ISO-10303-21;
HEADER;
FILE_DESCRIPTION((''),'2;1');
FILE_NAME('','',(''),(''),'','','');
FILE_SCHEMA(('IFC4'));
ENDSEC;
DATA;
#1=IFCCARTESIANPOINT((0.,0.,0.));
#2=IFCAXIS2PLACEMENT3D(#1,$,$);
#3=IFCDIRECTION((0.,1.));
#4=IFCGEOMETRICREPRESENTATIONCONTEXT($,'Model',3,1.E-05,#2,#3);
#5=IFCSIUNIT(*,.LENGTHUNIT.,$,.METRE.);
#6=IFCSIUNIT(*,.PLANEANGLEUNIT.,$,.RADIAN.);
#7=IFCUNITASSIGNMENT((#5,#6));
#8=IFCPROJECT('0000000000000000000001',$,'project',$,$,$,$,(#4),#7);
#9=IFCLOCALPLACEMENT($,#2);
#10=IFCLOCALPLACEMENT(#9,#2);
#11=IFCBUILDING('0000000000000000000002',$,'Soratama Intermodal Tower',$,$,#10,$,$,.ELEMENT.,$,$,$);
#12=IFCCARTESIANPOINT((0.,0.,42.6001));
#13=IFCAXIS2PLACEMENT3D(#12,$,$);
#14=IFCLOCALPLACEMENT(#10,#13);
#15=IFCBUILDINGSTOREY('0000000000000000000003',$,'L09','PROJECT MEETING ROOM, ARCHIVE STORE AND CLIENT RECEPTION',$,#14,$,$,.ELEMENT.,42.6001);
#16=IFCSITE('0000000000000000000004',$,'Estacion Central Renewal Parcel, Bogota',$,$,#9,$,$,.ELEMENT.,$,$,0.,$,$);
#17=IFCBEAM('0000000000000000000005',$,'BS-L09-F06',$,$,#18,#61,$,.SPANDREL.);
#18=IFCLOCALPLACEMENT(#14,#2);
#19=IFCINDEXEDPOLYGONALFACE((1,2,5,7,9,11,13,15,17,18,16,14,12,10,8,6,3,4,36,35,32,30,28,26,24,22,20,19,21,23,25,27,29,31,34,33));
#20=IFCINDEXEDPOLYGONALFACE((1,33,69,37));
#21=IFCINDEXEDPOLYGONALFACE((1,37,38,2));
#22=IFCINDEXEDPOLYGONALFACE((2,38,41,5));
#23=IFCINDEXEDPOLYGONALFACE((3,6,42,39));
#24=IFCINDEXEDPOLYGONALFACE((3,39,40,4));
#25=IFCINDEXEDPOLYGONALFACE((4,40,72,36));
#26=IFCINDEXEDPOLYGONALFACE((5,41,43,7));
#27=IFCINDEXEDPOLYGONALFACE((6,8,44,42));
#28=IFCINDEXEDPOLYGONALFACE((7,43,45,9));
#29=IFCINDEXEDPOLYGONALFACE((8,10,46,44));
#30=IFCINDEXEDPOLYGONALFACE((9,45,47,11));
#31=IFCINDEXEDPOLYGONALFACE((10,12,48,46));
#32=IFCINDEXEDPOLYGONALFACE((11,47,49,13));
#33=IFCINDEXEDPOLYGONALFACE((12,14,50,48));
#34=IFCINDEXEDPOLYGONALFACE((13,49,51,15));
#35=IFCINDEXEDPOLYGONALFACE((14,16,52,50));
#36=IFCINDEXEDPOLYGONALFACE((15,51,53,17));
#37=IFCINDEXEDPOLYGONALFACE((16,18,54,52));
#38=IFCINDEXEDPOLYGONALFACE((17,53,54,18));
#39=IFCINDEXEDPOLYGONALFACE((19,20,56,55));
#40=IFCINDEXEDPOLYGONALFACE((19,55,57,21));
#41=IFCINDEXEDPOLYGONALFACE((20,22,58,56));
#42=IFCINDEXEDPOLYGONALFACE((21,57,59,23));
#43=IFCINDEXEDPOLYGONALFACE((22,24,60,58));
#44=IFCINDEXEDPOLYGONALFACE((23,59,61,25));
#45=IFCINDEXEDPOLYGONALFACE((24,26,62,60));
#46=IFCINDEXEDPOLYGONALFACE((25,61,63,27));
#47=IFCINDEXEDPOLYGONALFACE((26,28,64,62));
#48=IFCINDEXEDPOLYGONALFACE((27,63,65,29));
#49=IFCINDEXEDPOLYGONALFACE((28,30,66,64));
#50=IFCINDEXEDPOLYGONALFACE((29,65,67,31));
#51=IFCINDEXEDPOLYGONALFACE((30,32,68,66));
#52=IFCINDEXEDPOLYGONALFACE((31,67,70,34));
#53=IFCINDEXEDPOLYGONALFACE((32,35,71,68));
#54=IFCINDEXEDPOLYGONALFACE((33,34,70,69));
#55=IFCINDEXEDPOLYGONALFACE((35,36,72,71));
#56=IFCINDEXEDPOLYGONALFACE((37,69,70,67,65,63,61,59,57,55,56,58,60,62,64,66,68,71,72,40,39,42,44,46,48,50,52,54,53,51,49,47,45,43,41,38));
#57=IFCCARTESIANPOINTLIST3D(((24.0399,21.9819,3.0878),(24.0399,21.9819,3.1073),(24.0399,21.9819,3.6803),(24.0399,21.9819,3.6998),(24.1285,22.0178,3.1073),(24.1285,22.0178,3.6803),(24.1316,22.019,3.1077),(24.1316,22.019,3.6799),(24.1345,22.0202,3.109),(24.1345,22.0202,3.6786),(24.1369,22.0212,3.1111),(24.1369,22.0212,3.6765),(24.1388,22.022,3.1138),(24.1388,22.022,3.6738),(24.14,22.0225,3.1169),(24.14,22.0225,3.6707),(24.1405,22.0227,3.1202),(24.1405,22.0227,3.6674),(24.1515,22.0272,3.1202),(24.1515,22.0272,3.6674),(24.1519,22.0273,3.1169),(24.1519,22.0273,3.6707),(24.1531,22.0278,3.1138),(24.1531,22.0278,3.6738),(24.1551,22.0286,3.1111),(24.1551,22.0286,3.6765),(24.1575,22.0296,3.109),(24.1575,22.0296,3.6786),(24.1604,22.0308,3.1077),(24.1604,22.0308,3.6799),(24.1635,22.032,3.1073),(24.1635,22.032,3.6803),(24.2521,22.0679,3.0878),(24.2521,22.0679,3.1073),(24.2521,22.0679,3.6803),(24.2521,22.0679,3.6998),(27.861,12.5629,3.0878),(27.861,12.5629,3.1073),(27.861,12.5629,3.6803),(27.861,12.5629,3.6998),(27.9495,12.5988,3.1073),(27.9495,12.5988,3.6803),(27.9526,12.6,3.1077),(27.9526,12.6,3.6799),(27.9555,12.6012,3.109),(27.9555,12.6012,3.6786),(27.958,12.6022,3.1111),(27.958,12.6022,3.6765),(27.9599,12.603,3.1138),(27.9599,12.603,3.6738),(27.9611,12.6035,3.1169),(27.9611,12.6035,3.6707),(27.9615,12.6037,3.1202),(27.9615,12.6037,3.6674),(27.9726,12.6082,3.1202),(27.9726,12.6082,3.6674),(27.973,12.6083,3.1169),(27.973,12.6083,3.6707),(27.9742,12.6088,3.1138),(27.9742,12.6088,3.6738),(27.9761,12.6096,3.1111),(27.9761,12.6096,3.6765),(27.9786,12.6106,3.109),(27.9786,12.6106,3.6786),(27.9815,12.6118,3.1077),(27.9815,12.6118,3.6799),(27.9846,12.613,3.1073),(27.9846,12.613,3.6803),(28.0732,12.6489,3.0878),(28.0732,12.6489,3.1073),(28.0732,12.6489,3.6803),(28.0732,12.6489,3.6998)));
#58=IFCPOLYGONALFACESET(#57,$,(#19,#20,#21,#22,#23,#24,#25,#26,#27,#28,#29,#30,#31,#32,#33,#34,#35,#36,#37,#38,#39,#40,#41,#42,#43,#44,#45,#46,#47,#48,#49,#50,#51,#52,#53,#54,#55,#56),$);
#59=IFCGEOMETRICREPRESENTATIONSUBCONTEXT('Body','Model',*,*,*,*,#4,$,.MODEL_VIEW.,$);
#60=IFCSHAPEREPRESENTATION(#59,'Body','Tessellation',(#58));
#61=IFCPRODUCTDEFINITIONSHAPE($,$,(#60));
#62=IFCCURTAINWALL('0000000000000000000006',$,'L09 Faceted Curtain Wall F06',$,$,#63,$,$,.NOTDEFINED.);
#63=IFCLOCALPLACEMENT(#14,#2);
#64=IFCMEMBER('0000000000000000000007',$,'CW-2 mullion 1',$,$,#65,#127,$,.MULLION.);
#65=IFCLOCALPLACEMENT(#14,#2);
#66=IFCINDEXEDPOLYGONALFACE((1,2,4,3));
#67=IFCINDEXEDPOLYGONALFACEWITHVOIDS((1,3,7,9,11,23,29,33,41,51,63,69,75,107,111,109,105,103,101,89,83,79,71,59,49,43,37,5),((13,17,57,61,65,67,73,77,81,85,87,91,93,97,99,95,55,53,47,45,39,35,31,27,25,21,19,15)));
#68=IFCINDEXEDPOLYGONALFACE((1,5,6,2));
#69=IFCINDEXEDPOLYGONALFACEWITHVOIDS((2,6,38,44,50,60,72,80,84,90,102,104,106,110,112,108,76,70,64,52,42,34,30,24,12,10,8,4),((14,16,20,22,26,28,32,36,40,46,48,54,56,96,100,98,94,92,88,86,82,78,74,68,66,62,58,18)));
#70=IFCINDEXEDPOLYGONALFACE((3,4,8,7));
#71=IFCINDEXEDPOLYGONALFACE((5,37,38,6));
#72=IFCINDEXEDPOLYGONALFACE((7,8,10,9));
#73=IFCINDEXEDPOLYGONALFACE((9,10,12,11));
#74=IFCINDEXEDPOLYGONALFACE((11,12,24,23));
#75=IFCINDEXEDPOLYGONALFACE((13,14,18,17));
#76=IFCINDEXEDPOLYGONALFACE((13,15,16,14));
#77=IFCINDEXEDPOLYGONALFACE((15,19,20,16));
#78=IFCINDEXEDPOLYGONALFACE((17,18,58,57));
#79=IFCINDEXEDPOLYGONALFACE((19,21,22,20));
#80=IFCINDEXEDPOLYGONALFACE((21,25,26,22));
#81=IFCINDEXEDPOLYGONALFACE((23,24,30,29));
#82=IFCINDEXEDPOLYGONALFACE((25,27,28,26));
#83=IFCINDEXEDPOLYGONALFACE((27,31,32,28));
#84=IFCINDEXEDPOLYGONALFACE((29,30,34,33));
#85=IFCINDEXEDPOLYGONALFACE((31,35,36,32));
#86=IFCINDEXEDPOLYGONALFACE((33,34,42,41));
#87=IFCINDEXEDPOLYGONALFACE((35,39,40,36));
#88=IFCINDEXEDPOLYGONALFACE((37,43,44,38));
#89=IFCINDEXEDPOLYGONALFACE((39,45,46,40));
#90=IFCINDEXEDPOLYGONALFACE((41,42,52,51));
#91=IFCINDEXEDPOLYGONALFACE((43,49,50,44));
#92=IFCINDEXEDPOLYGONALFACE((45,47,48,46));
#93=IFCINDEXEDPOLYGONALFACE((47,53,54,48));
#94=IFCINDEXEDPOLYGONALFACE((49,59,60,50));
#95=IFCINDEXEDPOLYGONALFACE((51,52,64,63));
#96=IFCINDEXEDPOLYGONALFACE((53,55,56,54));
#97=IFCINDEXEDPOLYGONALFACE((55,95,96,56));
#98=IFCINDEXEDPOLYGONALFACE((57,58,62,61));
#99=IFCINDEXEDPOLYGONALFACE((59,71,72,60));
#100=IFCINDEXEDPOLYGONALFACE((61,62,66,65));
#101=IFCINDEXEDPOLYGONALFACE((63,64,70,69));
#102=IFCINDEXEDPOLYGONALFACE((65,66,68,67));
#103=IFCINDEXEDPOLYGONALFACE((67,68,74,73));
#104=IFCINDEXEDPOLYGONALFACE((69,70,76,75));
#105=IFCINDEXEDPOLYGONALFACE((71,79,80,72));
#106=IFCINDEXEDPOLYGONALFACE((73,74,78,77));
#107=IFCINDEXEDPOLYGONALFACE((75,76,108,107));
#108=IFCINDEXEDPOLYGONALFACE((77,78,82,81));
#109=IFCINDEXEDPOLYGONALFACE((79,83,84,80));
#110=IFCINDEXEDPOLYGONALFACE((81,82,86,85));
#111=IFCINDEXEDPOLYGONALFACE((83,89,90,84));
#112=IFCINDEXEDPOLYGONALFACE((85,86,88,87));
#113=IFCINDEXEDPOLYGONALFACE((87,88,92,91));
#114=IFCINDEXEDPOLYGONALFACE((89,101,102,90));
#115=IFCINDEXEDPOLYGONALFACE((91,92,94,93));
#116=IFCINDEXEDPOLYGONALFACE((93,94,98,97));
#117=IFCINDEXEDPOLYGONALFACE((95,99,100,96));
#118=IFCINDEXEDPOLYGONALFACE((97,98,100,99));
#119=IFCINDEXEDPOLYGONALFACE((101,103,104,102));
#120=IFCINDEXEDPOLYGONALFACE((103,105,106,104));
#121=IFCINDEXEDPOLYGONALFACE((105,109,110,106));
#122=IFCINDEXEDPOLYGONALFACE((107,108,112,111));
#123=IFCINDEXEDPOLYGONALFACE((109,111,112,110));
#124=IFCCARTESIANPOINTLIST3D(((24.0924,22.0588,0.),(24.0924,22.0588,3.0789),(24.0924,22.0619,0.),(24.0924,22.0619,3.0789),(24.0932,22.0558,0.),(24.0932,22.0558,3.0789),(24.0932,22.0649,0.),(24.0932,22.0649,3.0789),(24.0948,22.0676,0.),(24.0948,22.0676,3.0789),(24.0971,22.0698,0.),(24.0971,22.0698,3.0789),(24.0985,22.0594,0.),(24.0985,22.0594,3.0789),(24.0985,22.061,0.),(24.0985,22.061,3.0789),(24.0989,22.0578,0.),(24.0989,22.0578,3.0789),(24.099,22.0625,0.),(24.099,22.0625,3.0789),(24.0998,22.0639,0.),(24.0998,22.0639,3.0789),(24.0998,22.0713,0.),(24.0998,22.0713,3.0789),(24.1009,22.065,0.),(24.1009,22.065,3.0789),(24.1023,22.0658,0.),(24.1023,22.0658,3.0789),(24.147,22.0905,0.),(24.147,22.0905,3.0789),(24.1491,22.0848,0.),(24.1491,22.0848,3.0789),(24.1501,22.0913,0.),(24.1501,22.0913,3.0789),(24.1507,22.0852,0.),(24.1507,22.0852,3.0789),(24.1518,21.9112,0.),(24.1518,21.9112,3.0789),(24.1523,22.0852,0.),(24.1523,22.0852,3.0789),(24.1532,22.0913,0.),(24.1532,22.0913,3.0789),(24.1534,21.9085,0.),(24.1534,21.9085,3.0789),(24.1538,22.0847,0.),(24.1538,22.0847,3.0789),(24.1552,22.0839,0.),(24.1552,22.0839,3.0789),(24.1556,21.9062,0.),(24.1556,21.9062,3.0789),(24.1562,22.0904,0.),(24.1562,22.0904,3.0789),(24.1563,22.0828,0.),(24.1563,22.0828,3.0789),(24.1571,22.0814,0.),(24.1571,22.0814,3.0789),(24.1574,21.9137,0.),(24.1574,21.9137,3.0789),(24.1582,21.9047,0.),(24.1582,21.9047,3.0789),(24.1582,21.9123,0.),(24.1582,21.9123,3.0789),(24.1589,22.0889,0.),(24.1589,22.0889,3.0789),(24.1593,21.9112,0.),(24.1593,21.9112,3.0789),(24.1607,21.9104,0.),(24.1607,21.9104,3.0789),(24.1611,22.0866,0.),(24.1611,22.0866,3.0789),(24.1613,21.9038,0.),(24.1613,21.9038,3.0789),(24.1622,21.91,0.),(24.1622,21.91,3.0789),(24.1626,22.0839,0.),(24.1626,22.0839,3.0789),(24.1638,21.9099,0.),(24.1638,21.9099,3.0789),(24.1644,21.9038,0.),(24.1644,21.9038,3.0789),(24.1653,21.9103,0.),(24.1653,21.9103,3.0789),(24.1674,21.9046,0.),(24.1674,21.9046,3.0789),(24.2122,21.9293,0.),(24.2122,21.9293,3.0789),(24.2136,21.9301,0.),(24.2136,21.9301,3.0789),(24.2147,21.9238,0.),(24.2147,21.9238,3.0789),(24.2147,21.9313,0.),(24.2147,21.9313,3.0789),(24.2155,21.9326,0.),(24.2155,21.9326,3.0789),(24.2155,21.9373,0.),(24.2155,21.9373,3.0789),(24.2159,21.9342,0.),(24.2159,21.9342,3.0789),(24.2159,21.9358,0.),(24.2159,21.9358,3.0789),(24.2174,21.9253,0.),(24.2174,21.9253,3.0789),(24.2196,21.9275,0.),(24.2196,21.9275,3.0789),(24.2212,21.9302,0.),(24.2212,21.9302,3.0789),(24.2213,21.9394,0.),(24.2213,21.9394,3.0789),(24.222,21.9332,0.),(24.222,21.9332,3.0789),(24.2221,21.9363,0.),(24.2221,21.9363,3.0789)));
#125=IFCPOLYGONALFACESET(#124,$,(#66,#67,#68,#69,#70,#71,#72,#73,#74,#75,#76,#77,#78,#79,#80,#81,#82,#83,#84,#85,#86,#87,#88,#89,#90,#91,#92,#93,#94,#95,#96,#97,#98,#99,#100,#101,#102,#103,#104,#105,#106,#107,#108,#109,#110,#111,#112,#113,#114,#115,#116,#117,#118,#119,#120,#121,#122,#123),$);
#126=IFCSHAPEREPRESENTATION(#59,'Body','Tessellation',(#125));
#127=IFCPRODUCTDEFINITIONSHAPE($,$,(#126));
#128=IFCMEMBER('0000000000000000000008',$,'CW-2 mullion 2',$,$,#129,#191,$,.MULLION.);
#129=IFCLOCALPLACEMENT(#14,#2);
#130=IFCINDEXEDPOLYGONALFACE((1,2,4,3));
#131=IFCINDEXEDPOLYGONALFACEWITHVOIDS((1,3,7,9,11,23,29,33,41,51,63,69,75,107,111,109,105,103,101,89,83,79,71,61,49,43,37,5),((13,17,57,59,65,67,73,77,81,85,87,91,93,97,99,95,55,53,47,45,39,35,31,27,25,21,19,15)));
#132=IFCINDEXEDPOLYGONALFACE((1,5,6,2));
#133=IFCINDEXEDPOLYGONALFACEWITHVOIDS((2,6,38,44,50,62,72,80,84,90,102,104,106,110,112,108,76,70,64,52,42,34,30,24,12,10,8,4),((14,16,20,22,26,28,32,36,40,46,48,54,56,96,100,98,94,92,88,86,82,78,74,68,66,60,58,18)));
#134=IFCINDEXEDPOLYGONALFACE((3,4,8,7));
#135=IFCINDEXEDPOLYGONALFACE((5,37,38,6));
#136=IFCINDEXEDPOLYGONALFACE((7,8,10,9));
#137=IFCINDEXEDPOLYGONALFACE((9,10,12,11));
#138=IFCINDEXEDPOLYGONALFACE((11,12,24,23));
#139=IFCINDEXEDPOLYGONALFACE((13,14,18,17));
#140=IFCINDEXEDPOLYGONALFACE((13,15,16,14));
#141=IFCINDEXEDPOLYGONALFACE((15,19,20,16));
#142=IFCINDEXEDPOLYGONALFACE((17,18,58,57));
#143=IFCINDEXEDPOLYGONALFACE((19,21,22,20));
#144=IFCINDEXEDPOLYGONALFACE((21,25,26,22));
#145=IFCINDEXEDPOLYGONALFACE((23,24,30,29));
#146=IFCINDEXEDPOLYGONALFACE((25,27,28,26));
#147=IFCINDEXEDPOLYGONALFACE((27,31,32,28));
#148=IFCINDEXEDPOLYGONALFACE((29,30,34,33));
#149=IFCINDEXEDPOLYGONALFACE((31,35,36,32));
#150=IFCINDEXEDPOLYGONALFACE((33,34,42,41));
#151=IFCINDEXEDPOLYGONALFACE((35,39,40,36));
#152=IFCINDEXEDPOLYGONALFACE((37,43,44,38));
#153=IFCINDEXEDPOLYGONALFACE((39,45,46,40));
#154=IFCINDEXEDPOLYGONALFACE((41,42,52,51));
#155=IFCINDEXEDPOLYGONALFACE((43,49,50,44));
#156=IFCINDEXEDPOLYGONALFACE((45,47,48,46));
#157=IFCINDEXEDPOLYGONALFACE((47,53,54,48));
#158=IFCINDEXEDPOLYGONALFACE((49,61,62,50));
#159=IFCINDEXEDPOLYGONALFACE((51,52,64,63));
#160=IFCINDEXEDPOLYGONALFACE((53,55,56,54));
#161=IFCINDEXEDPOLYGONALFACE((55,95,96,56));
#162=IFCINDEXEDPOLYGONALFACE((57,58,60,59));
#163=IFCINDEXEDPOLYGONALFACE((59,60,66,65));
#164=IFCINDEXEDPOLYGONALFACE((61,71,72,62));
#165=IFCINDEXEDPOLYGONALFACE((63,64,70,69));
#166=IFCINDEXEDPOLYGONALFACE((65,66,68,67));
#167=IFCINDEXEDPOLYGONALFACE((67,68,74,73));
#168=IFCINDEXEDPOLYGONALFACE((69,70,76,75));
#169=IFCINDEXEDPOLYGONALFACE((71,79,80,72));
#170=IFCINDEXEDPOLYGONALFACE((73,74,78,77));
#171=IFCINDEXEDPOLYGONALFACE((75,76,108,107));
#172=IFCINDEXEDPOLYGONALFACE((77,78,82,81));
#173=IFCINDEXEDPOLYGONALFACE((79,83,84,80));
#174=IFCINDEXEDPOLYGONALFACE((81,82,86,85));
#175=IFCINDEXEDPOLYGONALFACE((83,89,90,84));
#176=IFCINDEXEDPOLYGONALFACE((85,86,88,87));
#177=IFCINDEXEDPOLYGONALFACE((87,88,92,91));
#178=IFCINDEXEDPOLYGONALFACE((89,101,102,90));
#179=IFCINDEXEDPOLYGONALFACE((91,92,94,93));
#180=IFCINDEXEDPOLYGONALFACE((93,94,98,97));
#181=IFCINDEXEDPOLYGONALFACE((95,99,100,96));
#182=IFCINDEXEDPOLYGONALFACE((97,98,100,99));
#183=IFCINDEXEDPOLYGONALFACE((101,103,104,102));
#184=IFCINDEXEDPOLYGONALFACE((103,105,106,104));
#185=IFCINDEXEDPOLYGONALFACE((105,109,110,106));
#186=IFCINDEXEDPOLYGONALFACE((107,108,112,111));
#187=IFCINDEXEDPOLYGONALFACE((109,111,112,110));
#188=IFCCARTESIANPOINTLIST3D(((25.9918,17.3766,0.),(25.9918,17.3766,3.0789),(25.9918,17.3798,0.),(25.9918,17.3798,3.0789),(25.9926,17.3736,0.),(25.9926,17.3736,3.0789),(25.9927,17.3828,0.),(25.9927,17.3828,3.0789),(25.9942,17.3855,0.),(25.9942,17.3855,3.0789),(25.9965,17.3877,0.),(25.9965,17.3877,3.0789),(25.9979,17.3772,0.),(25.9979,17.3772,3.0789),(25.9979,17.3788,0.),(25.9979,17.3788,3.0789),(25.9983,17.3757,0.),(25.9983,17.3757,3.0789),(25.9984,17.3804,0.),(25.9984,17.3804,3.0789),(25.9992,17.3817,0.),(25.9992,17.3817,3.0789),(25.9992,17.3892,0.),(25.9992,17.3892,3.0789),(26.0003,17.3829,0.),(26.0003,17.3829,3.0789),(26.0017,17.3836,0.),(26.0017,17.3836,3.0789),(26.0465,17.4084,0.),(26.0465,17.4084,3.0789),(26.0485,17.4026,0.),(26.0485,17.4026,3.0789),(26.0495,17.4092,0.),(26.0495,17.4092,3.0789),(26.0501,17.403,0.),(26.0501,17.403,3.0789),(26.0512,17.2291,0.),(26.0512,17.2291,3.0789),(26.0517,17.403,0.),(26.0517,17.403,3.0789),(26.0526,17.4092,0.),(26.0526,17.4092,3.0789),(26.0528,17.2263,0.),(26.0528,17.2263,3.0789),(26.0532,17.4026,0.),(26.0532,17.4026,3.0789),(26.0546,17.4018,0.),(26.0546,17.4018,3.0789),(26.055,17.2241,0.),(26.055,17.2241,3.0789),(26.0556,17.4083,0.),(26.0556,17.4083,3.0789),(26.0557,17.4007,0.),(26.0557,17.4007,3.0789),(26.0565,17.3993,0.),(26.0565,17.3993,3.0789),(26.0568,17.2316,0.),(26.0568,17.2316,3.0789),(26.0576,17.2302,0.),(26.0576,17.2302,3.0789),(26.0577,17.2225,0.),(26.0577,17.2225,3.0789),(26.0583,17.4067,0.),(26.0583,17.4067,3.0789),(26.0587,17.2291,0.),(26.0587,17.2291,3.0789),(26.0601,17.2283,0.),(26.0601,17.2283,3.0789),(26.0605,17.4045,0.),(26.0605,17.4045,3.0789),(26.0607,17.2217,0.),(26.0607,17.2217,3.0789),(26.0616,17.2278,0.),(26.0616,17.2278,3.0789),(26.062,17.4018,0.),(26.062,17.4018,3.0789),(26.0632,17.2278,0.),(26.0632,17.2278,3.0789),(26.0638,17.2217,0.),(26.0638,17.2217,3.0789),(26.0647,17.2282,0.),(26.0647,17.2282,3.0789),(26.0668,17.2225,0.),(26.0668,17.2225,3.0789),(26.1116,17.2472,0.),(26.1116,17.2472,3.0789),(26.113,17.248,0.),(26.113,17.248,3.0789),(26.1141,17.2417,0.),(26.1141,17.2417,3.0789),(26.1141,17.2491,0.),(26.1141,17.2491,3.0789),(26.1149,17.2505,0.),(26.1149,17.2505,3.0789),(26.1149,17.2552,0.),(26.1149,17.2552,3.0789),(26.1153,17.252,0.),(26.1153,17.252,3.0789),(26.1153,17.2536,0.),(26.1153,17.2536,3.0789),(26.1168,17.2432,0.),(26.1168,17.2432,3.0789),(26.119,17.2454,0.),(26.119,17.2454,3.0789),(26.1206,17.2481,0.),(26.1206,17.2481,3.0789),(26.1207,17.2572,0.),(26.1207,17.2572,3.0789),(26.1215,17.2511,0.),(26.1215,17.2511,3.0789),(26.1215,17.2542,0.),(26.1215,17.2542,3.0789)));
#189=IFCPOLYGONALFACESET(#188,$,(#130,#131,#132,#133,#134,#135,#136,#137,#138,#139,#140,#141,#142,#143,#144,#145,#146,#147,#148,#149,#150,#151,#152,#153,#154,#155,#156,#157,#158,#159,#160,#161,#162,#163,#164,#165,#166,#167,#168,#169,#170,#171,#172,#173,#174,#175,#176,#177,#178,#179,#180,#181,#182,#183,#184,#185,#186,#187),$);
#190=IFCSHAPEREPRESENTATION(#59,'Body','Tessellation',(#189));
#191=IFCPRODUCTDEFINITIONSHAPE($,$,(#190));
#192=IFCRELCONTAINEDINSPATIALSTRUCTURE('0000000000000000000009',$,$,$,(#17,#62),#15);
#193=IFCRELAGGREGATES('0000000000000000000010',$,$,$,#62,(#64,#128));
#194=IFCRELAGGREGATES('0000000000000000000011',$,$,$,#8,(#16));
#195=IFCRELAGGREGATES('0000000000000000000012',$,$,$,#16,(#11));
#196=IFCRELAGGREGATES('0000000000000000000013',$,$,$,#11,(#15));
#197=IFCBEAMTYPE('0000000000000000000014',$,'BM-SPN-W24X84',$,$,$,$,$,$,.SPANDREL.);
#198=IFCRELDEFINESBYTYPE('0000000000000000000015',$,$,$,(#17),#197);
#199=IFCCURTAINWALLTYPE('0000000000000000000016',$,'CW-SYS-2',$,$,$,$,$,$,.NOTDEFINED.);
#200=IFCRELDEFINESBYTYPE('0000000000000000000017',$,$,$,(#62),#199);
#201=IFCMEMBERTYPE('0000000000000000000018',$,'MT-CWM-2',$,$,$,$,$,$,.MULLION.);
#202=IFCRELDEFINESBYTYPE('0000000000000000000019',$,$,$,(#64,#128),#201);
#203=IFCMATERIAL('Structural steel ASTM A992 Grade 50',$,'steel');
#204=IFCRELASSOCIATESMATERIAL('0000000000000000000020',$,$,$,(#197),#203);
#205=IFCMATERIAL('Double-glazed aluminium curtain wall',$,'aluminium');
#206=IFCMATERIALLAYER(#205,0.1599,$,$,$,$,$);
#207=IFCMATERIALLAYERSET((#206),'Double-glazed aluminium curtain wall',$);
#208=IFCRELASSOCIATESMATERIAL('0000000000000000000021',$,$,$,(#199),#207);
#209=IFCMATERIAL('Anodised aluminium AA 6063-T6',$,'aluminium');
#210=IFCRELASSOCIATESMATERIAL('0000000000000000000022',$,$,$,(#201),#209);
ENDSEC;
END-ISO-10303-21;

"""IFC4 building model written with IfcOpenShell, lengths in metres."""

from ifc_helpers import new_model, si_unit, direction, frame, origin, origin_2d, place, context, subcontext, project, spatial, hollow_rectangle, i_section, extrude, material, layer, layer_set, material_profile, profile_set, type_object, element, aggregate, save


model = new_model("IFC4")

# Units and contexts
model_context = context("Model", 3, precision=1e-05, world=origin(), true_north=direction((0.0, 1.0)))
body_context = subcontext(model_context, "Body", "Model", "MODEL_VIEW")
ifc_project = project(units=[si_unit("LENGTHUNIT", "METRE"), si_unit("PLANEANGLEUNIT", "RADIAN")], contexts=[model_context])

# Site, building, storey
site_placement = place(None, origin())
site = spatial("IfcSite", under=ifc_project, at=site_placement, Name="Estacion Central Renewal Parcel, Bogota", CompositionType="ELEMENT", RefElevation=0.0)
building_placement = place(site_placement, origin())
building = spatial("IfcBuilding", under=site, at=building_placement, Name="Soratama Intermodal Tower", CompositionType="ELEMENT")
storey_placement = place(building_placement, frame((0.0, 0.0, 42.6001)))
storey = spatial("IfcBuildingStorey", under=building, at=storey_placement, Name="L09", Description="PROJECT MEETING ROOM, ARCHIVE STORE AND CLIENT RECEPTION", CompositionType="ELEMENT", Elevation=42.6001)

# Beam
ifc_material_1 = material(Name="Structural steel ASTM A992 Grade 50", Category="steel")
ifc_material_profile_1 = material_profile(ifc_material_1, i_section(OverallWidth=0.229, OverallDepth=0.6121, WebThickness=0.012, FlangeThickness=0.0195, FilletRadius=0.0129, at=origin_2d()), Name="W24X84")
ifc_profile_set_1 = profile_set([ifc_material_profile_1], Name="Structural steel ASTM A992 Grade 50")
beam_type = type_object("IfcBeamType", Name="BM-SPN-W24X84", PredefinedType="SPANDREL", material=ifc_profile_set_1)
beam_placement = place(storey_placement, frame((24.146, 22.0249, 3.3938), z_axis=(0.375921, -0.926652, 0.0), x_axis=(0.926652, 0.375921, 0.0)))
element("IfcBeam", 1, at=beam_placement, inside=storey, type_object=beam_type, Name="BS-L09-F06", PredefinedType="SPANDREL", context=body_context, shape_type="SweptSolid", body=[
    extrude(i_section(OverallWidth=0.229, OverallDepth=0.6121, WebThickness=0.012, FlangeThickness=0.0195, FilletRadius=0.0129, at=origin_2d()), origin(), (0.0, 0.0, 1.0), 10.1646),
])

# Curtain wall, members
ifc_material_2 = material(Name="Double-glazed aluminium curtain wall", Category="aluminium")
ifc_layer_1 = layer(ifc_material_2, 0.1599)
ifc_layer_set_1 = layer_set([ifc_layer_1], Name="Double-glazed aluminium curtain wall")
curtain_wall_type = type_object("IfcCurtainWallType", Name="CW-SYS-2", PredefinedType="NOTDEFINED", material=ifc_layer_set_1)
curtain_wall_placement = place(storey_placement, origin())
curtain_wall = element("IfcCurtainWall", 2, at=curtain_wall_placement, inside=storey, type_object=curtain_wall_type, Name="L09 Faceted Curtain Wall F06", PredefinedType="NOTDEFINED")
ifc_material_3 = material(Name="Anodised aluminium AA 6063-T6", Category="aluminium")
ifc_material_profile_2 = material_profile(ifc_material_3, hollow_rectangle(XDim=0.075, YDim=0.1799, WallThickness=0.0061, InnerFilletRadius=0.0061, OuterFilletRadius=0.012, at=origin_2d()), Name="CWM180X75X6")
ifc_profile_set_2 = profile_set([ifc_material_profile_2], Name="Anodised aluminium AA 6063-T6")
member_type_1 = type_object("IfcMemberType", Name="MT-CWM-2", PredefinedType="MULLION", material=ifc_profile_set_2)
member_1_placement = place(storey_placement, frame((24.1572, 21.9976, 0.0), z_axis=(0.0, 0.0, 1.0), x_axis=(0.926657, 0.375908, 0.0)))
member_1 = element("IfcMember", 3, at=member_1_placement, type_object=member_type_1, Name="CW-2 mullion 1", PredefinedType="MULLION", context=body_context, shape_type="SweptSolid", body=[
    extrude(hollow_rectangle(XDim=0.075, YDim=0.1799, WallThickness=0.0061, InnerFilletRadius=0.0061, OuterFilletRadius=0.012, at=origin_2d()), origin(), (0.0, 0.0, 1.0), 3.0789),
])
member_2_placement = place(storey_placement, frame((26.0566, 17.3154, 0.0), z_axis=(0.0, 0.0, 1.0), x_axis=(0.926657, 0.375908, 0.0)))
member_2 = element("IfcMember", 4, at=member_2_placement, type_object=member_type_1, Name="CW-2 mullion 2", PredefinedType="MULLION", context=body_context, shape_type="SweptSolid", body=[
    extrude(hollow_rectangle(XDim=0.075, YDim=0.1799, WallThickness=0.0061, InnerFilletRadius=0.0061, OuterFilletRadius=0.012, at=origin_2d()), origin(), (0.0, 0.0, 1.0), 3.0789),
])
aggregate(curtain_wall, [member_1, member_2])

save(model, "model.ifc")
